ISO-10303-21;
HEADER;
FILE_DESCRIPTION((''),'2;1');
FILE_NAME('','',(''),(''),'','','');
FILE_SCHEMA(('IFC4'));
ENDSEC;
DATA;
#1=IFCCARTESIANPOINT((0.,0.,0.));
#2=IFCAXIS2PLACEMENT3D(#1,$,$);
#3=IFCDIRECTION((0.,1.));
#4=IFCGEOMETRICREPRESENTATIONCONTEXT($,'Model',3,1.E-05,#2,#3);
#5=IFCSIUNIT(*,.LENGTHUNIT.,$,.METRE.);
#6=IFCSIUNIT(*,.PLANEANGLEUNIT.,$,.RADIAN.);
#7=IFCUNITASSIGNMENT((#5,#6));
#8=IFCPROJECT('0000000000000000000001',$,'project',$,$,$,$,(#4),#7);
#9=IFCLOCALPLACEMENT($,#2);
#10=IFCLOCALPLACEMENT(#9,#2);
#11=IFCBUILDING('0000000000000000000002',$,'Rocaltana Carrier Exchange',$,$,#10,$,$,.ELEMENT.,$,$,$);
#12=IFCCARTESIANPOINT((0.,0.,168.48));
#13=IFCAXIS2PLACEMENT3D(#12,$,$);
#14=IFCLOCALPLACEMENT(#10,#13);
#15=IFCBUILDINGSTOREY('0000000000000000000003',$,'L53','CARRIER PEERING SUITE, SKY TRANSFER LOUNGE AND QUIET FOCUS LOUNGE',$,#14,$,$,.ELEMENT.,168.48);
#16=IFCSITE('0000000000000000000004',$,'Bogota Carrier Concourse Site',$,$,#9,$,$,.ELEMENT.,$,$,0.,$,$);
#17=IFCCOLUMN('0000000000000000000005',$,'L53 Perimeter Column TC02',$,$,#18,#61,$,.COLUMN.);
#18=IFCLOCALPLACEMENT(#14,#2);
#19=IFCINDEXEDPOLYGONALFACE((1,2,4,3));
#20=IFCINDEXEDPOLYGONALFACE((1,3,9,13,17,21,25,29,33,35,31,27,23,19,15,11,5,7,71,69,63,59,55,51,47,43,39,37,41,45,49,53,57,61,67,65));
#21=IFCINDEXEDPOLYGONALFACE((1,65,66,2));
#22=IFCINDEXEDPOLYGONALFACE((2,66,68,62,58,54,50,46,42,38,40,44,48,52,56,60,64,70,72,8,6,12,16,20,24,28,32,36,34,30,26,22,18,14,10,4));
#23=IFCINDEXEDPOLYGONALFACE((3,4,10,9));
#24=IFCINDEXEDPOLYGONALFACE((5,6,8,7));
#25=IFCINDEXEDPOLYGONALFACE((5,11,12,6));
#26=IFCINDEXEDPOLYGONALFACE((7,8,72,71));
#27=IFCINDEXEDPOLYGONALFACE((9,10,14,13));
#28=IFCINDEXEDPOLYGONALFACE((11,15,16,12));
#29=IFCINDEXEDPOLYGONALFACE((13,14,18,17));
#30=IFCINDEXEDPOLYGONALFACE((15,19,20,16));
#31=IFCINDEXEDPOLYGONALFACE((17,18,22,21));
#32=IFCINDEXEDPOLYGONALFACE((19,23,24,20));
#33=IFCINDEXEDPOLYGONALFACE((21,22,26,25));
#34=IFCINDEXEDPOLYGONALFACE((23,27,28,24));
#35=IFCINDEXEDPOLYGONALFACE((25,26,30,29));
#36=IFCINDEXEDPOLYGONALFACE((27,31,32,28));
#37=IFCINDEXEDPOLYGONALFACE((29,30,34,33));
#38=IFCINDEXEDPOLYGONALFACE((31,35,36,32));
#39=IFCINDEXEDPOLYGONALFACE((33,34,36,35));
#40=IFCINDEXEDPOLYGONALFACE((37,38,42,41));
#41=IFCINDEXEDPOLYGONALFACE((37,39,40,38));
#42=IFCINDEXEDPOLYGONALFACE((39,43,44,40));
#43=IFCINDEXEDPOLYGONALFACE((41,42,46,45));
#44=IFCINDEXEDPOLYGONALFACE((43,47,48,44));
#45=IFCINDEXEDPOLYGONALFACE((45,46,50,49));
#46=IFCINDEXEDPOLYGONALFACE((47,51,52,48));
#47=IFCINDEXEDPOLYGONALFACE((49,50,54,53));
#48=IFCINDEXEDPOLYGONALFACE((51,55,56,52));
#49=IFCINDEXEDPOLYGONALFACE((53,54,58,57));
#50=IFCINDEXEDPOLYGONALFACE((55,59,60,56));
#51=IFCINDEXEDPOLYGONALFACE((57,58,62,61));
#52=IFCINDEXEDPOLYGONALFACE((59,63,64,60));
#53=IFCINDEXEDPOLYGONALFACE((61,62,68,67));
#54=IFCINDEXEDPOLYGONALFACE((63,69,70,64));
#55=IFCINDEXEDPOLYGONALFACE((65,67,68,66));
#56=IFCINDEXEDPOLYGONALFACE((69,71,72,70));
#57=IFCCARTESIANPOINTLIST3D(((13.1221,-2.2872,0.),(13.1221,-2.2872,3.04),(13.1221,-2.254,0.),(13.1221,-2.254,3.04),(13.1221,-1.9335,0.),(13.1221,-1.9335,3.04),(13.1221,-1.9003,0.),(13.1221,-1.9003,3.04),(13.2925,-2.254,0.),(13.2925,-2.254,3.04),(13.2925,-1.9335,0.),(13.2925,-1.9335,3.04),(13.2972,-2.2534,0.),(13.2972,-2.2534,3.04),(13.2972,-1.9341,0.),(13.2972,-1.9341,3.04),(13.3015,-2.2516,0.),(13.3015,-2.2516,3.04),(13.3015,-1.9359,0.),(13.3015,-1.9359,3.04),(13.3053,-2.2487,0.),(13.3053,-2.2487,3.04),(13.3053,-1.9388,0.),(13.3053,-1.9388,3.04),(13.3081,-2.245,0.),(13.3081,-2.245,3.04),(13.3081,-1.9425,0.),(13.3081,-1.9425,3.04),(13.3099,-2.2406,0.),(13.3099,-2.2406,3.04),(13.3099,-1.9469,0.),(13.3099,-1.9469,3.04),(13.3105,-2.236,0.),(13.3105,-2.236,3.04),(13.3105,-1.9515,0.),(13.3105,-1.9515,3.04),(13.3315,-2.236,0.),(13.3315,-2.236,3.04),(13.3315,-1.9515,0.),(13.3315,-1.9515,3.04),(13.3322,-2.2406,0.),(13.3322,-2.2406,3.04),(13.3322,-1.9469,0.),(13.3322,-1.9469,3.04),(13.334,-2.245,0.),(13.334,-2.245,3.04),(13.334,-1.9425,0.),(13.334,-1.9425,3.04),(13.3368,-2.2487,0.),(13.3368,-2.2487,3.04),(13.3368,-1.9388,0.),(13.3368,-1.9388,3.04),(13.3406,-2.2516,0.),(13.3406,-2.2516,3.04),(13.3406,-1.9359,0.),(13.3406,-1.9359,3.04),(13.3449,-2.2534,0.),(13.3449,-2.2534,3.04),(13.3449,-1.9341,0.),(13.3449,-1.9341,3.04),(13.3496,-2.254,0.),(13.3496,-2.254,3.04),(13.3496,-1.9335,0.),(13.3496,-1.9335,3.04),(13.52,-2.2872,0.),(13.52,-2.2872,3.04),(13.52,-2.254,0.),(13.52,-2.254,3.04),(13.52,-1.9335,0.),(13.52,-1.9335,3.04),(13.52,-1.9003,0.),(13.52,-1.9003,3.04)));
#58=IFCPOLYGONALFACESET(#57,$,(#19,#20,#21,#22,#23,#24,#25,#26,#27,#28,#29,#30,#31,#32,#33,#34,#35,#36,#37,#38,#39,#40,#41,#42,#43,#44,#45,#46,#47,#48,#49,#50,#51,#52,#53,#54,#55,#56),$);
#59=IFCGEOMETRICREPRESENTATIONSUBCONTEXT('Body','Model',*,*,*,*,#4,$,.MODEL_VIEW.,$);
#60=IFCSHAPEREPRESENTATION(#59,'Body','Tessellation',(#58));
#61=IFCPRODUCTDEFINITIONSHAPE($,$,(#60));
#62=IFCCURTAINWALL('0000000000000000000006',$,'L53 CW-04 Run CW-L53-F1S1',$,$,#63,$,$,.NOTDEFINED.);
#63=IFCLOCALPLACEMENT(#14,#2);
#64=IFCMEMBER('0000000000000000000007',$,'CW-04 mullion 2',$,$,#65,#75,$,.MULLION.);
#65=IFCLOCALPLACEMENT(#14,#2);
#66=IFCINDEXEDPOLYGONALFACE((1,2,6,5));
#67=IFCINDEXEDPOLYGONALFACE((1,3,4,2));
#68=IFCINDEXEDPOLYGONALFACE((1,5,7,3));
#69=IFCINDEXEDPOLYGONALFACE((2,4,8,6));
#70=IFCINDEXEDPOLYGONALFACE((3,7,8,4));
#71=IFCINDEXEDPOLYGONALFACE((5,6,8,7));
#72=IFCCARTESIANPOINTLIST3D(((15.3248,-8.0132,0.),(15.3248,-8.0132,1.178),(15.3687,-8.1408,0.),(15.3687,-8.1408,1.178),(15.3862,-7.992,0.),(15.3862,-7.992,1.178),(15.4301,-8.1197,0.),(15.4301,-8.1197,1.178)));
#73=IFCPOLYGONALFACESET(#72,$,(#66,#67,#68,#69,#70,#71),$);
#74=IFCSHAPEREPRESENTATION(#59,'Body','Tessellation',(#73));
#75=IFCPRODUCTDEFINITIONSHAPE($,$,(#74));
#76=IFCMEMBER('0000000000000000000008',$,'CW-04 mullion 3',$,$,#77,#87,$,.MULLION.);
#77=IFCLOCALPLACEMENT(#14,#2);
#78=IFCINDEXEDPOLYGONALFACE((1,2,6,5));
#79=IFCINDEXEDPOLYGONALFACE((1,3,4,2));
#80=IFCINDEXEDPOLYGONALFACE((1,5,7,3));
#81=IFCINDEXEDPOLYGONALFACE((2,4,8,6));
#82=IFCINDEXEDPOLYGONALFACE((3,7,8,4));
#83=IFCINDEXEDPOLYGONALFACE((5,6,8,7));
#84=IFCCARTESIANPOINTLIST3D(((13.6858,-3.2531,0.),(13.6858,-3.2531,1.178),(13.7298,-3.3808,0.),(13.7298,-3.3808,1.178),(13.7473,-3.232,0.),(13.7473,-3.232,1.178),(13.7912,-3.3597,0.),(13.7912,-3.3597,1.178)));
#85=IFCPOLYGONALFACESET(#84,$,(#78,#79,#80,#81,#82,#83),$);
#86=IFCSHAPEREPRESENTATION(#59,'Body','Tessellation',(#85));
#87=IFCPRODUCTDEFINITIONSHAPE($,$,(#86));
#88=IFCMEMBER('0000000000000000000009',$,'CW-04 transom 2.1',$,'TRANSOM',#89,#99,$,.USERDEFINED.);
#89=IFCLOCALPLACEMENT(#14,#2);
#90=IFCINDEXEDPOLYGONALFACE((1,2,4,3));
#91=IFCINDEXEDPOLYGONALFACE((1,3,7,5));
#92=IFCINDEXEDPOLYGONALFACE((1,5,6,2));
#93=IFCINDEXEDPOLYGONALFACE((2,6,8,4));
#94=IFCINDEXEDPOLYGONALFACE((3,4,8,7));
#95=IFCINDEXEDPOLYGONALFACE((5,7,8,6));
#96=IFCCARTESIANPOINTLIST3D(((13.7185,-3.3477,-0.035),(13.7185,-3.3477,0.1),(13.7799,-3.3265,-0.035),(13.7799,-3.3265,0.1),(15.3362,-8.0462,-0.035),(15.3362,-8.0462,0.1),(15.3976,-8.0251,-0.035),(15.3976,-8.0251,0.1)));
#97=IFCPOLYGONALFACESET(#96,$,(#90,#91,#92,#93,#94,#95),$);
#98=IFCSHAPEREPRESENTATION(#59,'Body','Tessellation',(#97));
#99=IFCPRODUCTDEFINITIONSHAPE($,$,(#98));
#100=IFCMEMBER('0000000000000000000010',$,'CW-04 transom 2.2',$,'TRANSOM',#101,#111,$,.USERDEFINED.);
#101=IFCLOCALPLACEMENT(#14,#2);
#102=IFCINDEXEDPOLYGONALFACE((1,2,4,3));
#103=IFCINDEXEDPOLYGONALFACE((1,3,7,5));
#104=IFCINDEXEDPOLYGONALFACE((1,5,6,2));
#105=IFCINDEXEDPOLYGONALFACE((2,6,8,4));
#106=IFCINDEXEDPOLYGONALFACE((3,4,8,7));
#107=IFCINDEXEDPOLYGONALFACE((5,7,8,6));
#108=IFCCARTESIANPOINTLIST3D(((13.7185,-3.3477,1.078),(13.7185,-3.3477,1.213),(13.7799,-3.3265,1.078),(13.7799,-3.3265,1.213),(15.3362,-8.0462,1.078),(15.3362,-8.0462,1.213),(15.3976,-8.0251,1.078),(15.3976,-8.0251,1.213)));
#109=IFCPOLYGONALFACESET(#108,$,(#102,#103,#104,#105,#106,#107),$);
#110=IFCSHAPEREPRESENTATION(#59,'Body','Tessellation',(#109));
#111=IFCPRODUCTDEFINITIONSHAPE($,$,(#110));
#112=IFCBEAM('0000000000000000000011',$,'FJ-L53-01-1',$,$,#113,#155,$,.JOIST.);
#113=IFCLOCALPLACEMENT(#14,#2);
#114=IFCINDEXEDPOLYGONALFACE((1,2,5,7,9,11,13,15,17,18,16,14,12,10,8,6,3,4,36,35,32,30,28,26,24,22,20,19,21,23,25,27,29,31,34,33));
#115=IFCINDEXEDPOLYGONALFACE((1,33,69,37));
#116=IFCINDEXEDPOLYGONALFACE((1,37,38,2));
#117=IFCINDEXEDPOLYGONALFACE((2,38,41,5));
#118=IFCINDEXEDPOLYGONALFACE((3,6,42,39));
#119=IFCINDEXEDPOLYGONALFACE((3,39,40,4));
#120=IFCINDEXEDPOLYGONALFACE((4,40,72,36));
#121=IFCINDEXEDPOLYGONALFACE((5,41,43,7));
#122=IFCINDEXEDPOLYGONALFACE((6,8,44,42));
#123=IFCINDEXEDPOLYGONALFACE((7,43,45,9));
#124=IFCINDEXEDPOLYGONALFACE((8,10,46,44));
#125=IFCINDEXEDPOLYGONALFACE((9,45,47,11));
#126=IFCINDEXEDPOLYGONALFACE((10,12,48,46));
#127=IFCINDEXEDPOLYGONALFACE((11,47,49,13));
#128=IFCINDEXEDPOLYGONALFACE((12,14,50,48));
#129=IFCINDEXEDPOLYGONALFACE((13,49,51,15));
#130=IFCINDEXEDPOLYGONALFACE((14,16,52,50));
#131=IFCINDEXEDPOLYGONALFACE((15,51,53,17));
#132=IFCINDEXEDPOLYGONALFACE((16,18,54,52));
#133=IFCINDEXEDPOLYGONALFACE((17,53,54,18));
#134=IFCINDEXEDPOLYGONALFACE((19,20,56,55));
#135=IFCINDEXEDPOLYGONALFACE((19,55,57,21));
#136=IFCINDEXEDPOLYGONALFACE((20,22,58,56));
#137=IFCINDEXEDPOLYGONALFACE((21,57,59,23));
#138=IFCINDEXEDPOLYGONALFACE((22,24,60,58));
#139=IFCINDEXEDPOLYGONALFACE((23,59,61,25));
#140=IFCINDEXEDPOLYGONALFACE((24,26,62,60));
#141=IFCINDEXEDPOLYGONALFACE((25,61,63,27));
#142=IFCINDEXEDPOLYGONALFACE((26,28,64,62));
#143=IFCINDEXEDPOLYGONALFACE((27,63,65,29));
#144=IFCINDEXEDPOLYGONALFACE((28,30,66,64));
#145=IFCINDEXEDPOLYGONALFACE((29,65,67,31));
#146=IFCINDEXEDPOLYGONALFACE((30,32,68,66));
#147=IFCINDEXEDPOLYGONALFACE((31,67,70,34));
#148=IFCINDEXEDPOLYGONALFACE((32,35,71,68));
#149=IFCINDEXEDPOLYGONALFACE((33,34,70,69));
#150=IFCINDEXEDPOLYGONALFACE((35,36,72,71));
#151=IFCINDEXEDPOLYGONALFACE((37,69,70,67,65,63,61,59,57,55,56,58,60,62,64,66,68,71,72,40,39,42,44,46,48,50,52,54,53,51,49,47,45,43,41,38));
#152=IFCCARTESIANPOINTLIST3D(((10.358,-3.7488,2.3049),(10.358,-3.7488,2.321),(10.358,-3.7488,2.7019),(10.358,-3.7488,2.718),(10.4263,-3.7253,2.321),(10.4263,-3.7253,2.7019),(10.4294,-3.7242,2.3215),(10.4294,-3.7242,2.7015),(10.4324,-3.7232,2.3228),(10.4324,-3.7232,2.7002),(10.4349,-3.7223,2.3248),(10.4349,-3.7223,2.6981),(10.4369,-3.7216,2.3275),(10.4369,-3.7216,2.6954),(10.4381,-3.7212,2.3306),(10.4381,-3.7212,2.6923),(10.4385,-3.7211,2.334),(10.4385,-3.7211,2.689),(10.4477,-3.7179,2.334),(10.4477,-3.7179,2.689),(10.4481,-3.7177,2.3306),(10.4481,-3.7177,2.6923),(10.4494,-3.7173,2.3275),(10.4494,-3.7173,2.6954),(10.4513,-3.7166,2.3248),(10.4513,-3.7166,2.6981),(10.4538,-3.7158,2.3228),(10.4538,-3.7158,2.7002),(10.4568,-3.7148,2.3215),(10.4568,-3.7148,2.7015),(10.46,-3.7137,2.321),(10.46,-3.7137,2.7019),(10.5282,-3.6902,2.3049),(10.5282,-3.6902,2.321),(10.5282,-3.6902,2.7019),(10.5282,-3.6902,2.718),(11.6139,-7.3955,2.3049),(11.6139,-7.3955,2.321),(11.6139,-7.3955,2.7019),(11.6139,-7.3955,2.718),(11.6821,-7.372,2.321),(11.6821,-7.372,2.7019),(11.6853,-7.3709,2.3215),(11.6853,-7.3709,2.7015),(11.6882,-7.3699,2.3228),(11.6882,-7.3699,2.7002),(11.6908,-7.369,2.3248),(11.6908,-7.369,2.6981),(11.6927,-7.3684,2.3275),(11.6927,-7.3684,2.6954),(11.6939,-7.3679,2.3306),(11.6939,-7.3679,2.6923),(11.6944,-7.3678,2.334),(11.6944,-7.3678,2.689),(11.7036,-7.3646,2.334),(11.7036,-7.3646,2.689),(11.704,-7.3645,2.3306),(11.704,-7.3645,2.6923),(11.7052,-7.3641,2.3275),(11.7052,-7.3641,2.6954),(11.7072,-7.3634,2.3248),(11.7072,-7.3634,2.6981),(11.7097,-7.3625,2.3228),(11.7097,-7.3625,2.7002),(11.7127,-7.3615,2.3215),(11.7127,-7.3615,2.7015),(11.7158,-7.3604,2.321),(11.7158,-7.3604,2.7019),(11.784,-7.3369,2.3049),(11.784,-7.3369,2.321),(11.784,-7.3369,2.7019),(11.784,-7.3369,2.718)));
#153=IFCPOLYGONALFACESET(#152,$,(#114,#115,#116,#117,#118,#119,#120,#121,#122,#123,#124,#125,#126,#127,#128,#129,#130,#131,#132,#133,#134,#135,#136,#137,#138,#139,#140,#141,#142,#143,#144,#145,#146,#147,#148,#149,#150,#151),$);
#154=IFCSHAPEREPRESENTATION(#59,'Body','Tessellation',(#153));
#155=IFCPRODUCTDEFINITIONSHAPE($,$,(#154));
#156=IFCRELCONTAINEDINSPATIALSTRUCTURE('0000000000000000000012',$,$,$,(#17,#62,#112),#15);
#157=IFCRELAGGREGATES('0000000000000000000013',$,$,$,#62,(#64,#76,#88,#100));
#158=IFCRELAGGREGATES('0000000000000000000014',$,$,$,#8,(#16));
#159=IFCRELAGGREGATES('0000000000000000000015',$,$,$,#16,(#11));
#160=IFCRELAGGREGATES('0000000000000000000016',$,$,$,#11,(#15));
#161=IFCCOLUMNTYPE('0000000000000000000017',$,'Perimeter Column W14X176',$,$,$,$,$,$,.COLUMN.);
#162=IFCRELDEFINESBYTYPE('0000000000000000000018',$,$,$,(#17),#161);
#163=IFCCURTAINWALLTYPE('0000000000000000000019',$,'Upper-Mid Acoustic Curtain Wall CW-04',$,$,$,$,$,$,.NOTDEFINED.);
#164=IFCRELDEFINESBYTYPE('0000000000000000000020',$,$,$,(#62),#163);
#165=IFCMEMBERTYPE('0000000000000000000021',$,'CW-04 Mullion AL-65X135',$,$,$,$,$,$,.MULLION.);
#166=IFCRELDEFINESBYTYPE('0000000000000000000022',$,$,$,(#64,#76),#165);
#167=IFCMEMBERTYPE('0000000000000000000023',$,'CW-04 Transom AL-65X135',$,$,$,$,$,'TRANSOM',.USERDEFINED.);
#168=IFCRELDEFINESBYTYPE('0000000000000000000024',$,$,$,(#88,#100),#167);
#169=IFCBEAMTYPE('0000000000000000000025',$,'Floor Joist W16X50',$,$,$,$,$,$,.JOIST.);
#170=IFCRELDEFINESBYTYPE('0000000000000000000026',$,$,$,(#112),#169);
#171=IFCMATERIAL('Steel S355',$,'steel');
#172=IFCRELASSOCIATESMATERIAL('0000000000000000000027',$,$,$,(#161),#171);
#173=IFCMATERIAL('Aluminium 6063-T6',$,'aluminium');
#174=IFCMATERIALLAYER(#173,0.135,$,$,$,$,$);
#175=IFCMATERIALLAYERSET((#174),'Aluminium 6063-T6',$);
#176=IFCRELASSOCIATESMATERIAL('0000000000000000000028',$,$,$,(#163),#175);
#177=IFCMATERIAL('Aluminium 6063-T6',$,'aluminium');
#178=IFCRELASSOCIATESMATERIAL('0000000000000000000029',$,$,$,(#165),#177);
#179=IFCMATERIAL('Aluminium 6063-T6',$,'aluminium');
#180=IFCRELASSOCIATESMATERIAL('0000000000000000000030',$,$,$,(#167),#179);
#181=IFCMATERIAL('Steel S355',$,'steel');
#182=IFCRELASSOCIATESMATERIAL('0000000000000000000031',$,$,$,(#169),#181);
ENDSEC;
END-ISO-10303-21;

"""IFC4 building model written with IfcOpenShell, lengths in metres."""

from ifc_helpers import new_model, si_unit, direction, frame, origin, origin_2d, place, context, subcontext, project, spatial, rectangle, i_section, extrude, material, layer, layer_set, material_profile, profile_set, type_object, element, aggregate, save


model = new_model("IFC4")

# Units and contexts
model_context = context("Model", 3, precision=1e-05, world=origin(), true_north=direction((0.0, 1.0)))
body_context = subcontext(model_context, "Body", "Model", "MODEL_VIEW")
ifc_project = project(units=[si_unit("LENGTHUNIT", "METRE"), si_unit("PLANEANGLEUNIT", "RADIAN")], contexts=[model_context])

# Site, building, storey
site_placement = place(None, origin())
site = spatial("IfcSite", under=ifc_project, at=site_placement, Name="Bogota Carrier Concourse Site", CompositionType="ELEMENT", RefElevation=0.0)
building_placement = place(site_placement, origin())
building = spatial("IfcBuilding", under=site, at=building_placement, Name="Rocaltana Carrier Exchange", CompositionType="ELEMENT")
storey_placement = place(building_placement, frame((0.0, 0.0, 168.48)))
storey = spatial("IfcBuildingStorey", under=building, at=storey_placement, Name="L53", Description="CARRIER PEERING SUITE, SKY TRANSFER LOUNGE AND QUIET FOCUS LOUNGE", CompositionType="ELEMENT", Elevation=168.48)

# Column
ifc_material_1 = material(Name="Steel S355", Category="steel")
ifc_material_profile_1 = material_profile(ifc_material_1, i_section(OverallWidth=0.3979, OverallDepth=0.387, WebThickness=0.021, FlangeThickness=0.0332, FilletRadius=0.0181, at=origin_2d()), Name="W14X176")
ifc_profile_set_1 = profile_set([ifc_material_profile_1], Name="Steel S355")
column_type = type_object("IfcColumnType", Name="Perimeter Column W14X176", PredefinedType="COLUMN", material=ifc_profile_set_1)
column_placement = place(storey_placement, frame((13.321, -2.0938, 0.0), z_axis=(0.0, 0.0, 1.0), x_axis=(1.0, 0.0, 0.0)))
element("IfcColumn", 1, at=column_placement, inside=storey, type_object=column_type, Name="L53 Perimeter Column TC02", PredefinedType="COLUMN", context=body_context, shape_type="SweptSolid", body=[
    extrude(i_section(OverallWidth=0.3979, OverallDepth=0.387, WebThickness=0.021, FlangeThickness=0.0332, FilletRadius=0.0181, at=origin_2d()), origin(), (0.0, 0.0, 1.0), 3.04),
])

# Curtain wall, members
ifc_material_2 = material(Name="Aluminium 6063-T6", Category="aluminium")
ifc_layer_1 = layer(ifc_material_2, 0.135)
ifc_layer_set_1 = layer_set([ifc_layer_1], Name="Aluminium 6063-T6")
curtain_wall_type = type_object("IfcCurtainWallType", Name="Upper-Mid Acoustic Curtain Wall CW-04", PredefinedType="NOTDEFINED", material=ifc_layer_set_1)
curtain_wall_placement = place(storey_placement, origin())
curtain_wall = element("IfcCurtainWall", 2, at=curtain_wall_placement, inside=storey, type_object=curtain_wall_type, Name="L53 CW-04 Run CW-L53-F1S1", PredefinedType="NOTDEFINED")
ifc_material_3 = material(Name="Aluminium 6063-T6", Category="aluminium")
ifc_material_profile_2 = material_profile(ifc_material_3, rectangle(XDim=0.0649, YDim=0.135, at=origin_2d()), Name="AL-65X135")
ifc_profile_set_2 = profile_set([ifc_material_profile_2], Name="Aluminium 6063-T6")
member_type_1 = type_object("IfcMemberType", Name="CW-04 Mullion AL-65X135", PredefinedType="MULLION", material=ifc_profile_set_2)
member_1_placement = place(storey_placement, frame((15.3774, -8.0664, 0.0), z_axis=(0.0, 0.0, 1.0), x_axis=(-0.945522, -0.325559, 0.0)))
member_1 = element("IfcMember", 3, at=member_1_placement, type_object=member_type_1, Name="CW-04 mullion 2", PredefinedType="MULLION", context=body_context, shape_type="SweptSolid", body=[
    extrude(rectangle(XDim=0.0649, YDim=0.135, at=origin_2d()), origin(), (0.0, 0.0, 1.0), 1.178),
])
member_2_placement = place(storey_placement, frame((13.7385, -3.3064, 0.0), z_axis=(0.0, 0.0, 1.0), x_axis=(-0.945522, -0.325559, 0.0)))
member_2 = element("IfcMember", 4, at=member_2_placement, type_object=member_type_1, Name="CW-04 mullion 3", PredefinedType="MULLION", context=body_context, shape_type="SweptSolid", body=[
    extrude(rectangle(XDim=0.0649, YDim=0.135, at=origin_2d()), origin(), (0.0, 0.0, 1.0), 1.178),
])
ifc_material_4 = material(Name="Aluminium 6063-T6", Category="aluminium")
ifc_material_profile_3 = material_profile(ifc_material_4, rectangle(XDim=0.0649, YDim=0.135, at=origin_2d()), Name="AL-65X135")
ifc_profile_set_3 = profile_set([ifc_material_profile_3], Name="Aluminium 6063-T6")
member_type_2 = type_object("IfcMemberType", Name="CW-04 Transom AL-65X135", ElementType="TRANSOM", PredefinedType="USERDEFINED", material=ifc_profile_set_3)
member_3_placement = place(storey_placement, frame((15.3669, -8.0356, 0.0325), z_axis=(-0.325542, 0.945527, 0.0), x_axis=(-0.945527, -0.325542, 0.0)))
member_3 = element("IfcMember", 5, at=member_3_placement, type_object=member_type_2, Name="CW-04 transom 2.1", ObjectType="TRANSOM", PredefinedType="USERDEFINED", context=body_context, shape_type="SweptSolid", body=[
    extrude(rectangle(XDim=0.0649, YDim=0.135, at=origin_2d()), origin(), (0.0, 0.0, 1.0), 4.9692),
])
member_4_placement = place(storey_placement, frame((15.3669, -8.0356, 1.1455), z_axis=(-0.325542, 0.945527, 0.0), x_axis=(-0.945527, -0.325542, 0.0)))
member_4 = element("IfcMember", 6, at=member_4_placement, type_object=member_type_2, Name="CW-04 transom 2.2", ObjectType="TRANSOM", PredefinedType="USERDEFINED", context=body_context, shape_type="SweptSolid", body=[
    extrude(rectangle(XDim=0.0649, YDim=0.135, at=origin_2d()), origin(), (0.0, 0.0, 1.0), 4.9692),
])

# Beam
ifc_material_5 = material(Name="Steel S355", Category="steel")
ifc_material_profile_4 = material_profile(ifc_material_5, i_section(OverallWidth=0.1799, OverallDepth=0.4131, WebThickness=0.0098, FlangeThickness=0.0161, FilletRadius=0.0129, at=origin_2d()), Name="W16X50")
ifc_profile_set_4 = profile_set([ifc_material_profile_4], Name="Steel S355")
beam_type_1 = type_object("IfcBeamType", Name="Floor Joist W16X50", PredefinedType="JOIST", material=ifc_profile_set_4)
beam_1_placement = place(storey_placement, frame((11.699, -7.3662, 2.5115), z_axis=(-0.325612, 0.945503, 0.0), x_axis=(-0.945503, -0.325612, 0.0)))
element("IfcBeam", 7, at=beam_1_placement, inside=storey, type_object=beam_type_1, Name="FJ-L53-01-1", PredefinedType="JOIST", context=body_context, shape_type="SweptSolid", body=[
    extrude(i_section(OverallWidth=0.1799, OverallDepth=0.4131, WebThickness=0.0098, FlangeThickness=0.0161, FilletRadius=0.0129, at=origin_2d()), origin(), (0.0, 0.0, 1.0), 3.8569),
])

aggregate(curtain_wall, [member_1, member_2, member_3, member_4])

save(model, "model.ifc")
